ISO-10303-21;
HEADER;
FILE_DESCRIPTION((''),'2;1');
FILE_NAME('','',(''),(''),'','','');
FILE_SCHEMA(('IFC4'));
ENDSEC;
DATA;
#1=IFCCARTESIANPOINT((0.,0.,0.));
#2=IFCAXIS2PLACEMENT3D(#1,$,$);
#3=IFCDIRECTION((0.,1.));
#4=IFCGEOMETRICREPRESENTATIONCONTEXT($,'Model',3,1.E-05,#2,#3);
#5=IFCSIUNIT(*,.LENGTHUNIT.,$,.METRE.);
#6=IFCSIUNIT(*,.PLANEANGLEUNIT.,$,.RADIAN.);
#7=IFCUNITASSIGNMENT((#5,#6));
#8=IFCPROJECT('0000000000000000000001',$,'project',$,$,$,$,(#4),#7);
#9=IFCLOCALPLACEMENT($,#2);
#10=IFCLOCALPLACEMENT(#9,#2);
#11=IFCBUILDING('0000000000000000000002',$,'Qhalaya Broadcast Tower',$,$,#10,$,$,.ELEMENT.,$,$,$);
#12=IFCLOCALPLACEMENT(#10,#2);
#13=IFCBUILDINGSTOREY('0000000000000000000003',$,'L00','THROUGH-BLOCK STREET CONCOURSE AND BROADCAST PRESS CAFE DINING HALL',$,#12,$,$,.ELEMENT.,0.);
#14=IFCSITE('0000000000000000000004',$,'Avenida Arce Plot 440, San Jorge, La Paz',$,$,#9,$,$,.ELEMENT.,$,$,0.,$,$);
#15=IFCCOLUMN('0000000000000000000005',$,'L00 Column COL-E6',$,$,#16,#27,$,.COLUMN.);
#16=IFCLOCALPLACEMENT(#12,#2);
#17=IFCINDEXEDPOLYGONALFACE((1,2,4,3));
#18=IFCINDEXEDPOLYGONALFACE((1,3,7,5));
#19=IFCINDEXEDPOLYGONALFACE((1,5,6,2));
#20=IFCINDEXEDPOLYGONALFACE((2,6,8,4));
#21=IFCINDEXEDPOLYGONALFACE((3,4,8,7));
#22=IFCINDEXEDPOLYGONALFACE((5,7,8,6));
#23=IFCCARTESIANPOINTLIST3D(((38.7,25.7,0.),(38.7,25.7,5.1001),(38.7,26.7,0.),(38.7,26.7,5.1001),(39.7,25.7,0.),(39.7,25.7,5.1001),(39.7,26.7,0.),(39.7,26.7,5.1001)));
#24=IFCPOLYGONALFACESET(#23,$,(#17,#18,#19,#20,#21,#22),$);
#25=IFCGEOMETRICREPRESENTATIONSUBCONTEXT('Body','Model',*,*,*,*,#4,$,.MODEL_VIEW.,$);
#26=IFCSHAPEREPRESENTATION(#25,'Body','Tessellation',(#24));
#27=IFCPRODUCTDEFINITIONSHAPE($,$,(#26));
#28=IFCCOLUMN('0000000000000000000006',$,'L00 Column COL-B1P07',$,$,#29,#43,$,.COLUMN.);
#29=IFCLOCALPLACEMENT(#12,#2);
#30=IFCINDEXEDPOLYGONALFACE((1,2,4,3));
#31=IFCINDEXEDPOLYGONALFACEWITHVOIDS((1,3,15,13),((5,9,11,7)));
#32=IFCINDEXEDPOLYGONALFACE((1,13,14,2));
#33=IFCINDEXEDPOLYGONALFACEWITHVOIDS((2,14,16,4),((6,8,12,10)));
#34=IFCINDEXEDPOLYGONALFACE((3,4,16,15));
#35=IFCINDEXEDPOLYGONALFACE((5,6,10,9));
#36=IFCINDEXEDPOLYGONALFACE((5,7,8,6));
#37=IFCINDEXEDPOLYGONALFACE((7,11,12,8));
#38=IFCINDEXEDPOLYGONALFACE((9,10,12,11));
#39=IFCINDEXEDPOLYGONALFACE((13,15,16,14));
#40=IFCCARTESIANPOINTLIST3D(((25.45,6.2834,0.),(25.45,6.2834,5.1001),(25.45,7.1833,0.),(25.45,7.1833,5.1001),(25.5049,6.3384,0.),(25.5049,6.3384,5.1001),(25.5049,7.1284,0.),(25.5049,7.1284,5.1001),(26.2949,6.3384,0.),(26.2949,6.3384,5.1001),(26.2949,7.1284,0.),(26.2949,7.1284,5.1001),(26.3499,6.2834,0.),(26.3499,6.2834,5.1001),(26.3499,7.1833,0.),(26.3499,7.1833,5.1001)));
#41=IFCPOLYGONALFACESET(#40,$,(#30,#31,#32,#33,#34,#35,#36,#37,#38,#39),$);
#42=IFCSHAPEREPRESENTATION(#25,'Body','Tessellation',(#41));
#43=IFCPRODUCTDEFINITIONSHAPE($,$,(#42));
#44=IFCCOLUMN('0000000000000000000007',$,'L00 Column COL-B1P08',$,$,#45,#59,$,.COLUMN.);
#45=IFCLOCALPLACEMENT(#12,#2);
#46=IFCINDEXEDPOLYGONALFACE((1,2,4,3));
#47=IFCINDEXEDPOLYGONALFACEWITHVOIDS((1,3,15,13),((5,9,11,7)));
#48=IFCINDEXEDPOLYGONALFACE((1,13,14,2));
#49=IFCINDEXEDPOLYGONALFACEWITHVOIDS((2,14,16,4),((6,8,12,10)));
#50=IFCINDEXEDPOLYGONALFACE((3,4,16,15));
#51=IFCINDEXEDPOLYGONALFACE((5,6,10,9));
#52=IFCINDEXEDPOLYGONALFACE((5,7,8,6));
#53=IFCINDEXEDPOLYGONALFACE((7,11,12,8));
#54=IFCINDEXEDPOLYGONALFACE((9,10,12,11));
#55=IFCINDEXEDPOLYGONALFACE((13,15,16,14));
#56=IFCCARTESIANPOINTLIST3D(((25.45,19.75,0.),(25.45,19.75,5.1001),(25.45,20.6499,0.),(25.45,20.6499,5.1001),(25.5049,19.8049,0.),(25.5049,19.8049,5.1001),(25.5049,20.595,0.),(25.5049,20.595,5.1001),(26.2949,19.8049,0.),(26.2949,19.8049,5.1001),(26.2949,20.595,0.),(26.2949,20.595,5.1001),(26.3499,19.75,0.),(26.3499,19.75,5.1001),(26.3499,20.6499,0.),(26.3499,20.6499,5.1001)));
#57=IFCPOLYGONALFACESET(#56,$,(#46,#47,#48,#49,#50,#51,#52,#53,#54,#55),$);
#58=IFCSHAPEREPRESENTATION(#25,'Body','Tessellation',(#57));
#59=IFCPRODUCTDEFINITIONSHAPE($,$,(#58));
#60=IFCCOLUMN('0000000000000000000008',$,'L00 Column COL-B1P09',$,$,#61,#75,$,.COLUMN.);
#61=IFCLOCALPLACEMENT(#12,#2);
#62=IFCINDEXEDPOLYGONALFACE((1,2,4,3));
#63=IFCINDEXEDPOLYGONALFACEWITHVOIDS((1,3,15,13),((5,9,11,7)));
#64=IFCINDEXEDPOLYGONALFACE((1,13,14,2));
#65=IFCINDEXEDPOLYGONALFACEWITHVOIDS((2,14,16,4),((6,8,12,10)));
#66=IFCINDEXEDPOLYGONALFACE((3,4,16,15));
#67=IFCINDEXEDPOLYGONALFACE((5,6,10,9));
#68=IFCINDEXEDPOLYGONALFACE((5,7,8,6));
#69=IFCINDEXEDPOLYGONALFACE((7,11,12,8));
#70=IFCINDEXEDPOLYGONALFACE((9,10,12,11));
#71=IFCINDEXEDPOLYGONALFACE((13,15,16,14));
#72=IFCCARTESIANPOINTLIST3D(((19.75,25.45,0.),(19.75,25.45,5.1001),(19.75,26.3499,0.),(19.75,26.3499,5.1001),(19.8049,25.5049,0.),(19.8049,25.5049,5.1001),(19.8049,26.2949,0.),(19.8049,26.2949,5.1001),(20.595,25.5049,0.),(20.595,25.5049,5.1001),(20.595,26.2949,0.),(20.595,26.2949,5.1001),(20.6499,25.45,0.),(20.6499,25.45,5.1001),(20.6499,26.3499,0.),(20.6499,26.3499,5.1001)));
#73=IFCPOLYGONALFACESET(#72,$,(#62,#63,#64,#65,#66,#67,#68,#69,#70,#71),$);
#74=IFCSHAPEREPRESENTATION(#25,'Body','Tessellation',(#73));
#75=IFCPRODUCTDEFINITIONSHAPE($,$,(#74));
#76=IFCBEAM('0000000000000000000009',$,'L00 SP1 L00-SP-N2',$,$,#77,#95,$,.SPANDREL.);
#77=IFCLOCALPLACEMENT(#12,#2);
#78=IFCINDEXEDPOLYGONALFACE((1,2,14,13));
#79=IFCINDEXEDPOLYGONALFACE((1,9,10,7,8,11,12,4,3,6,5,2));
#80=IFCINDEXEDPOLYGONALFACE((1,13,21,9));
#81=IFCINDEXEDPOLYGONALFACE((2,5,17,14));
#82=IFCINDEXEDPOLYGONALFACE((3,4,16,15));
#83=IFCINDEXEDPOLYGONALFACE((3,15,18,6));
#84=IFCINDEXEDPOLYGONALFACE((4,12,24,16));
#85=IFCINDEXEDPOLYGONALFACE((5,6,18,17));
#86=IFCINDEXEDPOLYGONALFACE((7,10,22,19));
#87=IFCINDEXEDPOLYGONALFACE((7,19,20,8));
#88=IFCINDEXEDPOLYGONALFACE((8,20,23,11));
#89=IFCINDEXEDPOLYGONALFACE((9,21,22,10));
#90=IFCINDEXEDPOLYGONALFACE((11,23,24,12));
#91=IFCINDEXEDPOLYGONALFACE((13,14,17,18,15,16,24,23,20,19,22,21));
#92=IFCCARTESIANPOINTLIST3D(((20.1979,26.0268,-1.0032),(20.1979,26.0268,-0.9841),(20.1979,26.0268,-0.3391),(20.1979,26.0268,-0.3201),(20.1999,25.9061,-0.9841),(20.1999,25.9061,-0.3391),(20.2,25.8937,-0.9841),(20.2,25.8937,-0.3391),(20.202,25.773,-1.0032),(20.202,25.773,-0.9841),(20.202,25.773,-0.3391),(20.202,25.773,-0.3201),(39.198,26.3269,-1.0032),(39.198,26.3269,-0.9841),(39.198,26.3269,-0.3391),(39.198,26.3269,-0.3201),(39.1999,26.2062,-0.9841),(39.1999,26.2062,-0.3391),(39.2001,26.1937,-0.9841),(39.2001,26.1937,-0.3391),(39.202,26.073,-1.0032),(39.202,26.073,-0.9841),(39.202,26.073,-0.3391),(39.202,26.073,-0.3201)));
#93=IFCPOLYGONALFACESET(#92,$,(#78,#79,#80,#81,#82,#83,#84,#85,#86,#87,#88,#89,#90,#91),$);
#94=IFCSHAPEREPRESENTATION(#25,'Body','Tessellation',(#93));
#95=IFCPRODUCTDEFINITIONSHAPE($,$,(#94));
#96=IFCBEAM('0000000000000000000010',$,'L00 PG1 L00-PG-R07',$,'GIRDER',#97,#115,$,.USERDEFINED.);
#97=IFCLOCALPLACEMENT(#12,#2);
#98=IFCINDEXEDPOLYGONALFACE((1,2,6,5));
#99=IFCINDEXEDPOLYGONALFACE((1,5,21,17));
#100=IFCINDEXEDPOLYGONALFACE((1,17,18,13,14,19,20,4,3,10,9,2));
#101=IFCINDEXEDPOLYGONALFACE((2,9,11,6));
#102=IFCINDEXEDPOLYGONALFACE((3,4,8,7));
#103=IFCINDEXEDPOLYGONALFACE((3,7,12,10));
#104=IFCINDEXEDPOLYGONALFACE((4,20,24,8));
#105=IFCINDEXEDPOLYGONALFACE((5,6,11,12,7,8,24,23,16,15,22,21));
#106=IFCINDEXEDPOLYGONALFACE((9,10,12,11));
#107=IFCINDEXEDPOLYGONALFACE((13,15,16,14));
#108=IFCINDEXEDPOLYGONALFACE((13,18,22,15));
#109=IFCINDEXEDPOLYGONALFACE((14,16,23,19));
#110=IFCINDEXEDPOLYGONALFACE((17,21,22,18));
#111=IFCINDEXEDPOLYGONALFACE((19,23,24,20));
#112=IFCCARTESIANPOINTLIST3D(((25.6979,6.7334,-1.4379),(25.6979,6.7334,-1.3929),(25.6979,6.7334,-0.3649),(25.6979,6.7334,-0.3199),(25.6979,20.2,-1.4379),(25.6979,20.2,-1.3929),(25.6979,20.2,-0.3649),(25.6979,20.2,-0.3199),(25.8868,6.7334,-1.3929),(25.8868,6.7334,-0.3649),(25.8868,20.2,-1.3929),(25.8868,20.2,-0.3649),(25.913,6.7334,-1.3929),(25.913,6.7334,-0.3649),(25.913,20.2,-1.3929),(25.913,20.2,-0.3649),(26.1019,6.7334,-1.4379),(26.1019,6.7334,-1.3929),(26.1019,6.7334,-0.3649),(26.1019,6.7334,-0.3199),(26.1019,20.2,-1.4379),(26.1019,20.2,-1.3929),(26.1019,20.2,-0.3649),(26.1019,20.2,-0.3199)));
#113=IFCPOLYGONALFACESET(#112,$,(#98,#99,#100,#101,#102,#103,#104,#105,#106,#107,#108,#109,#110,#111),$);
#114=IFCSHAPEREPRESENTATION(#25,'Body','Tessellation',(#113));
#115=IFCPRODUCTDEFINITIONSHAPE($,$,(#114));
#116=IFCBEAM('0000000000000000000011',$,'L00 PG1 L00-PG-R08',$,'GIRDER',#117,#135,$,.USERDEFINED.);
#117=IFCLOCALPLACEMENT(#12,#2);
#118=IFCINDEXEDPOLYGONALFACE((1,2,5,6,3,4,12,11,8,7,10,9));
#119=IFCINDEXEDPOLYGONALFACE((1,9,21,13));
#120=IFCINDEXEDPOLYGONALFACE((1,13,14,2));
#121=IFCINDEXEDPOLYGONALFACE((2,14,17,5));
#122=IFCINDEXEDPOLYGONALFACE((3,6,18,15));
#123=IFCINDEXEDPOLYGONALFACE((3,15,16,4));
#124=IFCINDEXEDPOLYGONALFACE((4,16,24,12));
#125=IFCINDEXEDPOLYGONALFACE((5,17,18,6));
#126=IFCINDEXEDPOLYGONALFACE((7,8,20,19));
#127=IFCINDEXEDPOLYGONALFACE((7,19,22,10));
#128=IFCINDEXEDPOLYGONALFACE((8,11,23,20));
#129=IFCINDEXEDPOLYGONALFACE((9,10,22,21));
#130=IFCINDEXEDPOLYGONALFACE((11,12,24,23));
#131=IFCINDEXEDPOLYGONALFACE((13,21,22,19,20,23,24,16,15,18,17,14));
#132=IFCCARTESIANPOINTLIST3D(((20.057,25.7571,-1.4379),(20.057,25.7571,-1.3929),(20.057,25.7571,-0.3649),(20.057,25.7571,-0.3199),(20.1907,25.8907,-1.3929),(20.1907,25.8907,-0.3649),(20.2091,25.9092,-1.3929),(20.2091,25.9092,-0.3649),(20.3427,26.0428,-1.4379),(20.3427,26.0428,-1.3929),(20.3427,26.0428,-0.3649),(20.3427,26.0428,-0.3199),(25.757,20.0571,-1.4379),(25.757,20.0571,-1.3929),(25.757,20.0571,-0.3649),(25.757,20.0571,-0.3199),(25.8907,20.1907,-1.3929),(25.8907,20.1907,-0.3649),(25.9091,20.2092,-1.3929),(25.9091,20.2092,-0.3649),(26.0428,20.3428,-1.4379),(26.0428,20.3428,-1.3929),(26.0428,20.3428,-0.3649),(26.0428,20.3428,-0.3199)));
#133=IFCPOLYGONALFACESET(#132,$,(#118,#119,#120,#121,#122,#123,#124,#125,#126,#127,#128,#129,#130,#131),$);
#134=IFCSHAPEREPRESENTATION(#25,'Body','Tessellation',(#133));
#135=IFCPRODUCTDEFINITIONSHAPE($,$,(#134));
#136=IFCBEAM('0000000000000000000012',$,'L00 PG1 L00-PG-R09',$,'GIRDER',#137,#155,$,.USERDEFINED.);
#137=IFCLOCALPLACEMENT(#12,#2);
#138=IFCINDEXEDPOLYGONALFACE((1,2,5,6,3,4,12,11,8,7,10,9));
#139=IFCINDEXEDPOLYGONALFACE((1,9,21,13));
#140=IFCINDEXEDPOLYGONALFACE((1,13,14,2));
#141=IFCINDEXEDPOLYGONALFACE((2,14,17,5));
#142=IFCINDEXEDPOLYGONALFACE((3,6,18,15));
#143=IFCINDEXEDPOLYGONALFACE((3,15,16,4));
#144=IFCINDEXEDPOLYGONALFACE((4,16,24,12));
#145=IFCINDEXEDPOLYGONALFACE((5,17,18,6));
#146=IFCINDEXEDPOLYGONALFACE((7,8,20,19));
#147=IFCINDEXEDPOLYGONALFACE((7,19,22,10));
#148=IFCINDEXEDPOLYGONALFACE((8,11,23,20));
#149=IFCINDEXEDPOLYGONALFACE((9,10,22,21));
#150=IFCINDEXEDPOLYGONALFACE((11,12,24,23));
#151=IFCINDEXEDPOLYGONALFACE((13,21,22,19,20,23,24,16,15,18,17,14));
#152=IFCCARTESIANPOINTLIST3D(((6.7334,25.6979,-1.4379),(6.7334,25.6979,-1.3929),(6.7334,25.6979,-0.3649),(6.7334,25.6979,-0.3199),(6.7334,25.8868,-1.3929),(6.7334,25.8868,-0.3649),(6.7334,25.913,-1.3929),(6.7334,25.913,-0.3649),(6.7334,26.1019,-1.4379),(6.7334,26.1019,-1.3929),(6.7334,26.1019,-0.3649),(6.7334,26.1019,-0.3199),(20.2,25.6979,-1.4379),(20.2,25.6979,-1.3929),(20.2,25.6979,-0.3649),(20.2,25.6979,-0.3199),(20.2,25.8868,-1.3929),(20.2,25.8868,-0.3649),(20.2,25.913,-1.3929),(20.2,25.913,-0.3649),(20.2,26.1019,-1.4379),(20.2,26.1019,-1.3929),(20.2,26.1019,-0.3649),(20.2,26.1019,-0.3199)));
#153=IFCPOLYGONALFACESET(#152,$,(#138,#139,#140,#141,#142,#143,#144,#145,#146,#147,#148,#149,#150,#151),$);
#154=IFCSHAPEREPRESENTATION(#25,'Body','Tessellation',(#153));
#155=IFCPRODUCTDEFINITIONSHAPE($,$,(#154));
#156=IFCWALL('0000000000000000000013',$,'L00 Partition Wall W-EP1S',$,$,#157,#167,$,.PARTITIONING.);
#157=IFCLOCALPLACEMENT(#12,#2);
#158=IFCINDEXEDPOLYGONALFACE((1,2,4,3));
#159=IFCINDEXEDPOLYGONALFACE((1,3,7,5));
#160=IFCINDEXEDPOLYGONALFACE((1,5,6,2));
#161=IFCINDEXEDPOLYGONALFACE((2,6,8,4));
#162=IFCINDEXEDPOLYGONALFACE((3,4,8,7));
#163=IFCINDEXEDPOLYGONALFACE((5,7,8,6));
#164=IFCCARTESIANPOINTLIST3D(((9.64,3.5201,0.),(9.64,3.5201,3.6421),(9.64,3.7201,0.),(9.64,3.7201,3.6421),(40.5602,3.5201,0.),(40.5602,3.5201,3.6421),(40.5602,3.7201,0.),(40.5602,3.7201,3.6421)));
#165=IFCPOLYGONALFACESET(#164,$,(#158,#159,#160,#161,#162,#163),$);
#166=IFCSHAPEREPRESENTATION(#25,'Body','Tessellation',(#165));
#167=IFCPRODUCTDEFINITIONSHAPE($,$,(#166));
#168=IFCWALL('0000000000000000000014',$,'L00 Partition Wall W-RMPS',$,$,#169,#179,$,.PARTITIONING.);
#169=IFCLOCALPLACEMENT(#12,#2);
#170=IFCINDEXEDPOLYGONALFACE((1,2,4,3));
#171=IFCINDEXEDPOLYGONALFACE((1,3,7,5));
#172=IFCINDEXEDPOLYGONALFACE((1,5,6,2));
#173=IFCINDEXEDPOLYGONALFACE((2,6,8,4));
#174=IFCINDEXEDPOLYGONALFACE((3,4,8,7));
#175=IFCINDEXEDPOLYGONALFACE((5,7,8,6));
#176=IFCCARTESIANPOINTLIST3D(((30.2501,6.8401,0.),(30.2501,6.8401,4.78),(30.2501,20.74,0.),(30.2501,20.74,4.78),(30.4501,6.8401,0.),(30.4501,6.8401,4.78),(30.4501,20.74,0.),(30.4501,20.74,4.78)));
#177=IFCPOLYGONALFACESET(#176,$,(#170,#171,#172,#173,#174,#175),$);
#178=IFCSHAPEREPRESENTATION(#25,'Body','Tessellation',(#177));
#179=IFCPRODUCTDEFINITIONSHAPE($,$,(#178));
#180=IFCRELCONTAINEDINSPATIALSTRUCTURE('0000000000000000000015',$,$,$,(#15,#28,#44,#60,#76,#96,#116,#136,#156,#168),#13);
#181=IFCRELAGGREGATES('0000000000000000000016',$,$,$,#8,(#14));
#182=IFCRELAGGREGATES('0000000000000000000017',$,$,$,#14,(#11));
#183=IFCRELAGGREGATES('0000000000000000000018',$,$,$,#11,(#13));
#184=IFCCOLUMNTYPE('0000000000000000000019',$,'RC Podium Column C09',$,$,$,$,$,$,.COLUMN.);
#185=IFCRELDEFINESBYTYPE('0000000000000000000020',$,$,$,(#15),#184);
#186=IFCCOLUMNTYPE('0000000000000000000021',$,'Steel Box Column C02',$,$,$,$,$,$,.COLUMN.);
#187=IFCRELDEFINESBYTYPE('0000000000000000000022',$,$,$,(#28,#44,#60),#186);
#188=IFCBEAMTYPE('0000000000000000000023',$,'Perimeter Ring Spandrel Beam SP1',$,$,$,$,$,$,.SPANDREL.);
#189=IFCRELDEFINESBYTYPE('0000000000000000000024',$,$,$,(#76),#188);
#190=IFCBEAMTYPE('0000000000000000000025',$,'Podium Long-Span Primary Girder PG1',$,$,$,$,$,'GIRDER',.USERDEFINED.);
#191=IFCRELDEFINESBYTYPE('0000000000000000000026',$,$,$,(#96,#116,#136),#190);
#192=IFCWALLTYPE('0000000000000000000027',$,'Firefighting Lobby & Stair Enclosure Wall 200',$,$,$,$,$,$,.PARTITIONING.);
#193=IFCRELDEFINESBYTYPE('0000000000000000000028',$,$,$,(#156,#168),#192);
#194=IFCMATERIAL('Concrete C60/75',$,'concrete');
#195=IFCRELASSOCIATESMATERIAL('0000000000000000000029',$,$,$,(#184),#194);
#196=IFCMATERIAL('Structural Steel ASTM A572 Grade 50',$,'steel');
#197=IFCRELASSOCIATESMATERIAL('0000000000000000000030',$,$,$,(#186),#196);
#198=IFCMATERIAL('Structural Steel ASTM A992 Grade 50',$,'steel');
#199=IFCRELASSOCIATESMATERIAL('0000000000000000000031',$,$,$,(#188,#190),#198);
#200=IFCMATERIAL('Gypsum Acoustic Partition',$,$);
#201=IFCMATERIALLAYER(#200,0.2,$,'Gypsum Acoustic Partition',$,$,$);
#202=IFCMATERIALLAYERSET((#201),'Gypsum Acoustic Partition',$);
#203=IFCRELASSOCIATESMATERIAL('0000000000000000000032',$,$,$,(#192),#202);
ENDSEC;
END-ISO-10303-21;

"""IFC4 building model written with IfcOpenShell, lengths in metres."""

from ifc_helpers import new_model, si_unit, direction, frame, frame_2d, origin, origin_2d, place, context, subcontext, project, spatial, rectangle, hollow_rectangle, i_section, extrude, material, layer, layer_set, material_profile, profile_set, type_object, element, save


model = new_model("IFC4")

# Units and contexts
model_context = context("Model", 3, precision=1e-05, world=origin(), true_north=direction((0.0, 1.0)))
body_context = subcontext(model_context, "Body", "Model", "MODEL_VIEW")
ifc_project = project(units=[si_unit("LENGTHUNIT", "METRE"), si_unit("PLANEANGLEUNIT", "RADIAN")], contexts=[model_context])

# Site, building, storey
site_placement = place(None, origin())
site = spatial("IfcSite", under=ifc_project, at=site_placement, Name="Avenida Arce Plot 440, San Jorge, La Paz", CompositionType="ELEMENT", RefElevation=0.0)
building_placement = place(site_placement, origin())
building = spatial("IfcBuilding", under=site, at=building_placement, Name="Qhalaya Broadcast Tower", CompositionType="ELEMENT")
storey_placement = place(building_placement, origin())
storey = spatial("IfcBuildingStorey", under=building, at=storey_placement, Name="L00", Description="THROUGH-BLOCK STREET CONCOURSE AND BROADCAST PRESS CAFE DINING HALL", CompositionType="ELEMENT", Elevation=0.0)

# Columns
ifc_material_1 = material(Name="Concrete C60/75", Category="concrete")
ifc_material_profile_1 = material_profile(ifc_material_1, rectangle(XDim=1.0, YDim=1.0, at=origin_2d()), Name="RC-COL 1000x1000")
ifc_profile_set_1 = profile_set([ifc_material_profile_1], Name="Concrete C60/75")
column_type_1 = type_object("IfcColumnType", Name="RC Podium Column C09", PredefinedType="COLUMN", material=ifc_profile_set_1)
column_placement = place(storey_placement, frame((39.2, 26.2, 0.0), z_axis=(0.0, 0.0, 1.0), x_axis=(1.0, 0.0, 0.0)))
element("IfcColumn", 1, at=column_placement, inside=storey, type_object=column_type_1, Name="L00 Column COL-E6", PredefinedType="COLUMN", context=body_context, shape_type="SweptSolid", body=[
    extrude(rectangle(XDim=1.0, YDim=1.0, at=origin_2d()), origin(), (0.0, 0.0, 1.0), 5.1001),
])
ifc_material_2 = material(Name="Structural Steel ASTM A572 Grade 50", Category="steel")
ifc_material_profile_2 = material_profile(ifc_material_2, hollow_rectangle(XDim=0.8999, YDim=0.8999, WallThickness=0.0549, at=origin_2d()), Name="BOX 900x900x55")
ifc_profile_set_2 = profile_set([ifc_material_profile_2], Name="Structural Steel ASTM A572 Grade 50")
column_type_2 = type_object("IfcColumnType", Name="Steel Box Column C02", PredefinedType="COLUMN", material=ifc_profile_set_2)
for number, where, z_axis, x_axis, name in (
    (2, (25.8999, 6.7334, 0.0), (0.0, 0.0, 1.0), (0.0, 1.0, 0.0), "L00 Column COL-B1P07"),
    (3, (25.8999, 20.2, 0.0), (0.0, 0.0, 1.0), (0.0, 1.0, 0.0), "L00 Column COL-B1P08"),
    (4, (20.2, 25.8999, 0.0), (0.0, 0.0, 1.0), (1.0, 0.0, 0.0), "L00 Column COL-B1P09"),
):
    element("IfcColumn", number, at=place(storey_placement, frame(where, z_axis=z_axis, x_axis=x_axis)), inside=storey, type_object=column_type_2, Name=name, PredefinedType="COLUMN", context=body_context, shape_type="SweptSolid", body=[
        extrude(hollow_rectangle(XDim=0.8999, YDim=0.8999, WallThickness=0.0549, at=origin_2d()), origin(), (0.0, 0.0, 1.0), 5.1001),
    ])

# Beams
ifc_material_3 = material(Name="Structural Steel ASTM A992 Grade 50", Category="steel")
ifc_material_profile_3 = material_profile(ifc_material_3, i_section(OverallWidth=0.2539, OverallDepth=0.6831, WebThickness=0.0125, FlangeThickness=0.019, at=origin_2d()), Name="W27X94")
ifc_profile_set_3 = profile_set([ifc_material_profile_3], Name="Structural Steel ASTM A992 Grade 50")
beam_type_1 = type_object("IfcBeamType", Name="Perimeter Ring Spandrel Beam SP1", PredefinedType="SPANDREL", material=ifc_profile_set_3)
beam_1_placement = place(storey_placement, frame((20.2, 25.8999, -0.6616), z_axis=(0.999875, 0.01579, 0.0), x_axis=(-0.01579, 0.999875, 0.0)))
element("IfcBeam", 5, at=beam_1_placement, inside=storey, type_object=beam_type_1, Name="L00 SP1 L00-SP-N2", PredefinedType="SPANDREL", context=body_context, shape_type="SweptSolid", body=[
    extrude(i_section(OverallWidth=0.2539, OverallDepth=0.6831, WebThickness=0.0125, FlangeThickness=0.019, at=origin_2d()), origin(), (0.0, 0.0, 1.0), 19.0024),
])
ifc_material_profile_4 = material_profile(ifc_material_3, i_section(OverallWidth=0.4041, OverallDepth=1.1179, WebThickness=0.0261, FlangeThickness=0.0449, at=origin_2d()), Name="W44X335")
ifc_profile_set_4 = profile_set([ifc_material_profile_4], Name="Structural Steel ASTM A992 Grade 50")
beam_type_2 = type_object("IfcBeamType", Name="Podium Long-Span Primary Girder PG1", ElementType="GIRDER", PredefinedType="USERDEFINED", material=ifc_profile_set_4)
beam_2_placement = place(storey_placement, frame((25.8999, 6.7334, -0.8789), z_axis=(0.0, 1.0, 0.0), x_axis=(-1.0, 0.0, 0.0)))
element("IfcBeam", 6, at=beam_2_placement, inside=storey, type_object=beam_type_2, Name="L00 PG1 L00-PG-R07", ObjectType="GIRDER", PredefinedType="USERDEFINED", context=body_context, shape_type="SweptSolid", body=[
    extrude(i_section(OverallWidth=0.4041, OverallDepth=1.1179, WebThickness=0.0261, FlangeThickness=0.0449, at=origin_2d()), origin(), (0.0, 0.0, 1.0), 13.4666),
])
beam_3_placement = place(storey_placement, frame((25.8999, 20.2, -0.8789), z_axis=(-0.707107, 0.707107, 0.0), x_axis=(-0.707107, -0.707107, 0.0)))
element("IfcBeam", 7, at=beam_3_placement, inside=storey, type_object=beam_type_2, Name="L00 PG1 L00-PG-R08", ObjectType="GIRDER", PredefinedType="USERDEFINED", context=body_context, shape_type="SweptSolid", body=[
    extrude(i_section(OverallWidth=0.4041, OverallDepth=1.1179, WebThickness=0.0261, FlangeThickness=0.0449, at=origin_2d()), origin(), (0.0, 0.0, 1.0), 8.061),
])
beam_4_placement = place(storey_placement, frame((20.2, 25.8999, -0.8789), z_axis=(-1.0, 0.0, 0.0), x_axis=(0.0, -1.0, 0.0)))
element("IfcBeam", 8, at=beam_4_placement, inside=storey, type_object=beam_type_2, Name="L00 PG1 L00-PG-R09", ObjectType="GIRDER", PredefinedType="USERDEFINED", context=body_context, shape_type="SweptSolid", body=[
    extrude(i_section(OverallWidth=0.4041, OverallDepth=1.1179, WebThickness=0.0261, FlangeThickness=0.0449, at=origin_2d()), origin(), (0.0, 0.0, 1.0), 13.4666),
])

# Walls
ifc_material_4 = material(Name="Gypsum Acoustic Partition")
ifc_layer_1 = layer(ifc_material_4, 0.2, Name="Gypsum Acoustic Partition")
ifc_layer_set_1 = layer_set([ifc_layer_1], Name="Gypsum Acoustic Partition")
wall_type_1 = type_object("IfcWallType", Name="Firefighting Lobby & Stair Enclosure Wall 200", PredefinedType="PARTITIONING", material=ifc_layer_set_1)
wall_1_placement = place(storey_placement, frame((40.5601, 3.6201, 0.0), z_axis=(0.0, 0.0, 1.0), x_axis=(-1.0, 0.0, 0.0)))
element("IfcWall", 9, at=wall_1_placement, inside=storey, type_object=wall_type_1, Name="L00 Partition Wall W-EP1S", PredefinedType="PARTITIONING", context=body_context, shape_type="SweptSolid", body=[
    extrude(rectangle(XDim=30.9202, YDim=0.2, at=frame_2d((15.46, 0.0))), origin(), (0.0, 0.0, 1.0), 3.6421),
])
wall_2_placement = place(storey_placement, frame((30.3501, 6.8401, 0.0), z_axis=(0.0, 0.0, 1.0), x_axis=(0.0, 1.0, 0.0)))
element("IfcWall", 10, at=wall_2_placement, inside=storey, type_object=wall_type_1, Name="L00 Partition Wall W-RMPS", PredefinedType="PARTITIONING", context=body_context, shape_type="SweptSolid", body=[
    extrude(rectangle(XDim=13.8999, YDim=0.2, at=frame_2d((6.95, 0.0))), origin(), (0.0, 0.0, 1.0), 4.78),
])

save(model, "model.ifc")
